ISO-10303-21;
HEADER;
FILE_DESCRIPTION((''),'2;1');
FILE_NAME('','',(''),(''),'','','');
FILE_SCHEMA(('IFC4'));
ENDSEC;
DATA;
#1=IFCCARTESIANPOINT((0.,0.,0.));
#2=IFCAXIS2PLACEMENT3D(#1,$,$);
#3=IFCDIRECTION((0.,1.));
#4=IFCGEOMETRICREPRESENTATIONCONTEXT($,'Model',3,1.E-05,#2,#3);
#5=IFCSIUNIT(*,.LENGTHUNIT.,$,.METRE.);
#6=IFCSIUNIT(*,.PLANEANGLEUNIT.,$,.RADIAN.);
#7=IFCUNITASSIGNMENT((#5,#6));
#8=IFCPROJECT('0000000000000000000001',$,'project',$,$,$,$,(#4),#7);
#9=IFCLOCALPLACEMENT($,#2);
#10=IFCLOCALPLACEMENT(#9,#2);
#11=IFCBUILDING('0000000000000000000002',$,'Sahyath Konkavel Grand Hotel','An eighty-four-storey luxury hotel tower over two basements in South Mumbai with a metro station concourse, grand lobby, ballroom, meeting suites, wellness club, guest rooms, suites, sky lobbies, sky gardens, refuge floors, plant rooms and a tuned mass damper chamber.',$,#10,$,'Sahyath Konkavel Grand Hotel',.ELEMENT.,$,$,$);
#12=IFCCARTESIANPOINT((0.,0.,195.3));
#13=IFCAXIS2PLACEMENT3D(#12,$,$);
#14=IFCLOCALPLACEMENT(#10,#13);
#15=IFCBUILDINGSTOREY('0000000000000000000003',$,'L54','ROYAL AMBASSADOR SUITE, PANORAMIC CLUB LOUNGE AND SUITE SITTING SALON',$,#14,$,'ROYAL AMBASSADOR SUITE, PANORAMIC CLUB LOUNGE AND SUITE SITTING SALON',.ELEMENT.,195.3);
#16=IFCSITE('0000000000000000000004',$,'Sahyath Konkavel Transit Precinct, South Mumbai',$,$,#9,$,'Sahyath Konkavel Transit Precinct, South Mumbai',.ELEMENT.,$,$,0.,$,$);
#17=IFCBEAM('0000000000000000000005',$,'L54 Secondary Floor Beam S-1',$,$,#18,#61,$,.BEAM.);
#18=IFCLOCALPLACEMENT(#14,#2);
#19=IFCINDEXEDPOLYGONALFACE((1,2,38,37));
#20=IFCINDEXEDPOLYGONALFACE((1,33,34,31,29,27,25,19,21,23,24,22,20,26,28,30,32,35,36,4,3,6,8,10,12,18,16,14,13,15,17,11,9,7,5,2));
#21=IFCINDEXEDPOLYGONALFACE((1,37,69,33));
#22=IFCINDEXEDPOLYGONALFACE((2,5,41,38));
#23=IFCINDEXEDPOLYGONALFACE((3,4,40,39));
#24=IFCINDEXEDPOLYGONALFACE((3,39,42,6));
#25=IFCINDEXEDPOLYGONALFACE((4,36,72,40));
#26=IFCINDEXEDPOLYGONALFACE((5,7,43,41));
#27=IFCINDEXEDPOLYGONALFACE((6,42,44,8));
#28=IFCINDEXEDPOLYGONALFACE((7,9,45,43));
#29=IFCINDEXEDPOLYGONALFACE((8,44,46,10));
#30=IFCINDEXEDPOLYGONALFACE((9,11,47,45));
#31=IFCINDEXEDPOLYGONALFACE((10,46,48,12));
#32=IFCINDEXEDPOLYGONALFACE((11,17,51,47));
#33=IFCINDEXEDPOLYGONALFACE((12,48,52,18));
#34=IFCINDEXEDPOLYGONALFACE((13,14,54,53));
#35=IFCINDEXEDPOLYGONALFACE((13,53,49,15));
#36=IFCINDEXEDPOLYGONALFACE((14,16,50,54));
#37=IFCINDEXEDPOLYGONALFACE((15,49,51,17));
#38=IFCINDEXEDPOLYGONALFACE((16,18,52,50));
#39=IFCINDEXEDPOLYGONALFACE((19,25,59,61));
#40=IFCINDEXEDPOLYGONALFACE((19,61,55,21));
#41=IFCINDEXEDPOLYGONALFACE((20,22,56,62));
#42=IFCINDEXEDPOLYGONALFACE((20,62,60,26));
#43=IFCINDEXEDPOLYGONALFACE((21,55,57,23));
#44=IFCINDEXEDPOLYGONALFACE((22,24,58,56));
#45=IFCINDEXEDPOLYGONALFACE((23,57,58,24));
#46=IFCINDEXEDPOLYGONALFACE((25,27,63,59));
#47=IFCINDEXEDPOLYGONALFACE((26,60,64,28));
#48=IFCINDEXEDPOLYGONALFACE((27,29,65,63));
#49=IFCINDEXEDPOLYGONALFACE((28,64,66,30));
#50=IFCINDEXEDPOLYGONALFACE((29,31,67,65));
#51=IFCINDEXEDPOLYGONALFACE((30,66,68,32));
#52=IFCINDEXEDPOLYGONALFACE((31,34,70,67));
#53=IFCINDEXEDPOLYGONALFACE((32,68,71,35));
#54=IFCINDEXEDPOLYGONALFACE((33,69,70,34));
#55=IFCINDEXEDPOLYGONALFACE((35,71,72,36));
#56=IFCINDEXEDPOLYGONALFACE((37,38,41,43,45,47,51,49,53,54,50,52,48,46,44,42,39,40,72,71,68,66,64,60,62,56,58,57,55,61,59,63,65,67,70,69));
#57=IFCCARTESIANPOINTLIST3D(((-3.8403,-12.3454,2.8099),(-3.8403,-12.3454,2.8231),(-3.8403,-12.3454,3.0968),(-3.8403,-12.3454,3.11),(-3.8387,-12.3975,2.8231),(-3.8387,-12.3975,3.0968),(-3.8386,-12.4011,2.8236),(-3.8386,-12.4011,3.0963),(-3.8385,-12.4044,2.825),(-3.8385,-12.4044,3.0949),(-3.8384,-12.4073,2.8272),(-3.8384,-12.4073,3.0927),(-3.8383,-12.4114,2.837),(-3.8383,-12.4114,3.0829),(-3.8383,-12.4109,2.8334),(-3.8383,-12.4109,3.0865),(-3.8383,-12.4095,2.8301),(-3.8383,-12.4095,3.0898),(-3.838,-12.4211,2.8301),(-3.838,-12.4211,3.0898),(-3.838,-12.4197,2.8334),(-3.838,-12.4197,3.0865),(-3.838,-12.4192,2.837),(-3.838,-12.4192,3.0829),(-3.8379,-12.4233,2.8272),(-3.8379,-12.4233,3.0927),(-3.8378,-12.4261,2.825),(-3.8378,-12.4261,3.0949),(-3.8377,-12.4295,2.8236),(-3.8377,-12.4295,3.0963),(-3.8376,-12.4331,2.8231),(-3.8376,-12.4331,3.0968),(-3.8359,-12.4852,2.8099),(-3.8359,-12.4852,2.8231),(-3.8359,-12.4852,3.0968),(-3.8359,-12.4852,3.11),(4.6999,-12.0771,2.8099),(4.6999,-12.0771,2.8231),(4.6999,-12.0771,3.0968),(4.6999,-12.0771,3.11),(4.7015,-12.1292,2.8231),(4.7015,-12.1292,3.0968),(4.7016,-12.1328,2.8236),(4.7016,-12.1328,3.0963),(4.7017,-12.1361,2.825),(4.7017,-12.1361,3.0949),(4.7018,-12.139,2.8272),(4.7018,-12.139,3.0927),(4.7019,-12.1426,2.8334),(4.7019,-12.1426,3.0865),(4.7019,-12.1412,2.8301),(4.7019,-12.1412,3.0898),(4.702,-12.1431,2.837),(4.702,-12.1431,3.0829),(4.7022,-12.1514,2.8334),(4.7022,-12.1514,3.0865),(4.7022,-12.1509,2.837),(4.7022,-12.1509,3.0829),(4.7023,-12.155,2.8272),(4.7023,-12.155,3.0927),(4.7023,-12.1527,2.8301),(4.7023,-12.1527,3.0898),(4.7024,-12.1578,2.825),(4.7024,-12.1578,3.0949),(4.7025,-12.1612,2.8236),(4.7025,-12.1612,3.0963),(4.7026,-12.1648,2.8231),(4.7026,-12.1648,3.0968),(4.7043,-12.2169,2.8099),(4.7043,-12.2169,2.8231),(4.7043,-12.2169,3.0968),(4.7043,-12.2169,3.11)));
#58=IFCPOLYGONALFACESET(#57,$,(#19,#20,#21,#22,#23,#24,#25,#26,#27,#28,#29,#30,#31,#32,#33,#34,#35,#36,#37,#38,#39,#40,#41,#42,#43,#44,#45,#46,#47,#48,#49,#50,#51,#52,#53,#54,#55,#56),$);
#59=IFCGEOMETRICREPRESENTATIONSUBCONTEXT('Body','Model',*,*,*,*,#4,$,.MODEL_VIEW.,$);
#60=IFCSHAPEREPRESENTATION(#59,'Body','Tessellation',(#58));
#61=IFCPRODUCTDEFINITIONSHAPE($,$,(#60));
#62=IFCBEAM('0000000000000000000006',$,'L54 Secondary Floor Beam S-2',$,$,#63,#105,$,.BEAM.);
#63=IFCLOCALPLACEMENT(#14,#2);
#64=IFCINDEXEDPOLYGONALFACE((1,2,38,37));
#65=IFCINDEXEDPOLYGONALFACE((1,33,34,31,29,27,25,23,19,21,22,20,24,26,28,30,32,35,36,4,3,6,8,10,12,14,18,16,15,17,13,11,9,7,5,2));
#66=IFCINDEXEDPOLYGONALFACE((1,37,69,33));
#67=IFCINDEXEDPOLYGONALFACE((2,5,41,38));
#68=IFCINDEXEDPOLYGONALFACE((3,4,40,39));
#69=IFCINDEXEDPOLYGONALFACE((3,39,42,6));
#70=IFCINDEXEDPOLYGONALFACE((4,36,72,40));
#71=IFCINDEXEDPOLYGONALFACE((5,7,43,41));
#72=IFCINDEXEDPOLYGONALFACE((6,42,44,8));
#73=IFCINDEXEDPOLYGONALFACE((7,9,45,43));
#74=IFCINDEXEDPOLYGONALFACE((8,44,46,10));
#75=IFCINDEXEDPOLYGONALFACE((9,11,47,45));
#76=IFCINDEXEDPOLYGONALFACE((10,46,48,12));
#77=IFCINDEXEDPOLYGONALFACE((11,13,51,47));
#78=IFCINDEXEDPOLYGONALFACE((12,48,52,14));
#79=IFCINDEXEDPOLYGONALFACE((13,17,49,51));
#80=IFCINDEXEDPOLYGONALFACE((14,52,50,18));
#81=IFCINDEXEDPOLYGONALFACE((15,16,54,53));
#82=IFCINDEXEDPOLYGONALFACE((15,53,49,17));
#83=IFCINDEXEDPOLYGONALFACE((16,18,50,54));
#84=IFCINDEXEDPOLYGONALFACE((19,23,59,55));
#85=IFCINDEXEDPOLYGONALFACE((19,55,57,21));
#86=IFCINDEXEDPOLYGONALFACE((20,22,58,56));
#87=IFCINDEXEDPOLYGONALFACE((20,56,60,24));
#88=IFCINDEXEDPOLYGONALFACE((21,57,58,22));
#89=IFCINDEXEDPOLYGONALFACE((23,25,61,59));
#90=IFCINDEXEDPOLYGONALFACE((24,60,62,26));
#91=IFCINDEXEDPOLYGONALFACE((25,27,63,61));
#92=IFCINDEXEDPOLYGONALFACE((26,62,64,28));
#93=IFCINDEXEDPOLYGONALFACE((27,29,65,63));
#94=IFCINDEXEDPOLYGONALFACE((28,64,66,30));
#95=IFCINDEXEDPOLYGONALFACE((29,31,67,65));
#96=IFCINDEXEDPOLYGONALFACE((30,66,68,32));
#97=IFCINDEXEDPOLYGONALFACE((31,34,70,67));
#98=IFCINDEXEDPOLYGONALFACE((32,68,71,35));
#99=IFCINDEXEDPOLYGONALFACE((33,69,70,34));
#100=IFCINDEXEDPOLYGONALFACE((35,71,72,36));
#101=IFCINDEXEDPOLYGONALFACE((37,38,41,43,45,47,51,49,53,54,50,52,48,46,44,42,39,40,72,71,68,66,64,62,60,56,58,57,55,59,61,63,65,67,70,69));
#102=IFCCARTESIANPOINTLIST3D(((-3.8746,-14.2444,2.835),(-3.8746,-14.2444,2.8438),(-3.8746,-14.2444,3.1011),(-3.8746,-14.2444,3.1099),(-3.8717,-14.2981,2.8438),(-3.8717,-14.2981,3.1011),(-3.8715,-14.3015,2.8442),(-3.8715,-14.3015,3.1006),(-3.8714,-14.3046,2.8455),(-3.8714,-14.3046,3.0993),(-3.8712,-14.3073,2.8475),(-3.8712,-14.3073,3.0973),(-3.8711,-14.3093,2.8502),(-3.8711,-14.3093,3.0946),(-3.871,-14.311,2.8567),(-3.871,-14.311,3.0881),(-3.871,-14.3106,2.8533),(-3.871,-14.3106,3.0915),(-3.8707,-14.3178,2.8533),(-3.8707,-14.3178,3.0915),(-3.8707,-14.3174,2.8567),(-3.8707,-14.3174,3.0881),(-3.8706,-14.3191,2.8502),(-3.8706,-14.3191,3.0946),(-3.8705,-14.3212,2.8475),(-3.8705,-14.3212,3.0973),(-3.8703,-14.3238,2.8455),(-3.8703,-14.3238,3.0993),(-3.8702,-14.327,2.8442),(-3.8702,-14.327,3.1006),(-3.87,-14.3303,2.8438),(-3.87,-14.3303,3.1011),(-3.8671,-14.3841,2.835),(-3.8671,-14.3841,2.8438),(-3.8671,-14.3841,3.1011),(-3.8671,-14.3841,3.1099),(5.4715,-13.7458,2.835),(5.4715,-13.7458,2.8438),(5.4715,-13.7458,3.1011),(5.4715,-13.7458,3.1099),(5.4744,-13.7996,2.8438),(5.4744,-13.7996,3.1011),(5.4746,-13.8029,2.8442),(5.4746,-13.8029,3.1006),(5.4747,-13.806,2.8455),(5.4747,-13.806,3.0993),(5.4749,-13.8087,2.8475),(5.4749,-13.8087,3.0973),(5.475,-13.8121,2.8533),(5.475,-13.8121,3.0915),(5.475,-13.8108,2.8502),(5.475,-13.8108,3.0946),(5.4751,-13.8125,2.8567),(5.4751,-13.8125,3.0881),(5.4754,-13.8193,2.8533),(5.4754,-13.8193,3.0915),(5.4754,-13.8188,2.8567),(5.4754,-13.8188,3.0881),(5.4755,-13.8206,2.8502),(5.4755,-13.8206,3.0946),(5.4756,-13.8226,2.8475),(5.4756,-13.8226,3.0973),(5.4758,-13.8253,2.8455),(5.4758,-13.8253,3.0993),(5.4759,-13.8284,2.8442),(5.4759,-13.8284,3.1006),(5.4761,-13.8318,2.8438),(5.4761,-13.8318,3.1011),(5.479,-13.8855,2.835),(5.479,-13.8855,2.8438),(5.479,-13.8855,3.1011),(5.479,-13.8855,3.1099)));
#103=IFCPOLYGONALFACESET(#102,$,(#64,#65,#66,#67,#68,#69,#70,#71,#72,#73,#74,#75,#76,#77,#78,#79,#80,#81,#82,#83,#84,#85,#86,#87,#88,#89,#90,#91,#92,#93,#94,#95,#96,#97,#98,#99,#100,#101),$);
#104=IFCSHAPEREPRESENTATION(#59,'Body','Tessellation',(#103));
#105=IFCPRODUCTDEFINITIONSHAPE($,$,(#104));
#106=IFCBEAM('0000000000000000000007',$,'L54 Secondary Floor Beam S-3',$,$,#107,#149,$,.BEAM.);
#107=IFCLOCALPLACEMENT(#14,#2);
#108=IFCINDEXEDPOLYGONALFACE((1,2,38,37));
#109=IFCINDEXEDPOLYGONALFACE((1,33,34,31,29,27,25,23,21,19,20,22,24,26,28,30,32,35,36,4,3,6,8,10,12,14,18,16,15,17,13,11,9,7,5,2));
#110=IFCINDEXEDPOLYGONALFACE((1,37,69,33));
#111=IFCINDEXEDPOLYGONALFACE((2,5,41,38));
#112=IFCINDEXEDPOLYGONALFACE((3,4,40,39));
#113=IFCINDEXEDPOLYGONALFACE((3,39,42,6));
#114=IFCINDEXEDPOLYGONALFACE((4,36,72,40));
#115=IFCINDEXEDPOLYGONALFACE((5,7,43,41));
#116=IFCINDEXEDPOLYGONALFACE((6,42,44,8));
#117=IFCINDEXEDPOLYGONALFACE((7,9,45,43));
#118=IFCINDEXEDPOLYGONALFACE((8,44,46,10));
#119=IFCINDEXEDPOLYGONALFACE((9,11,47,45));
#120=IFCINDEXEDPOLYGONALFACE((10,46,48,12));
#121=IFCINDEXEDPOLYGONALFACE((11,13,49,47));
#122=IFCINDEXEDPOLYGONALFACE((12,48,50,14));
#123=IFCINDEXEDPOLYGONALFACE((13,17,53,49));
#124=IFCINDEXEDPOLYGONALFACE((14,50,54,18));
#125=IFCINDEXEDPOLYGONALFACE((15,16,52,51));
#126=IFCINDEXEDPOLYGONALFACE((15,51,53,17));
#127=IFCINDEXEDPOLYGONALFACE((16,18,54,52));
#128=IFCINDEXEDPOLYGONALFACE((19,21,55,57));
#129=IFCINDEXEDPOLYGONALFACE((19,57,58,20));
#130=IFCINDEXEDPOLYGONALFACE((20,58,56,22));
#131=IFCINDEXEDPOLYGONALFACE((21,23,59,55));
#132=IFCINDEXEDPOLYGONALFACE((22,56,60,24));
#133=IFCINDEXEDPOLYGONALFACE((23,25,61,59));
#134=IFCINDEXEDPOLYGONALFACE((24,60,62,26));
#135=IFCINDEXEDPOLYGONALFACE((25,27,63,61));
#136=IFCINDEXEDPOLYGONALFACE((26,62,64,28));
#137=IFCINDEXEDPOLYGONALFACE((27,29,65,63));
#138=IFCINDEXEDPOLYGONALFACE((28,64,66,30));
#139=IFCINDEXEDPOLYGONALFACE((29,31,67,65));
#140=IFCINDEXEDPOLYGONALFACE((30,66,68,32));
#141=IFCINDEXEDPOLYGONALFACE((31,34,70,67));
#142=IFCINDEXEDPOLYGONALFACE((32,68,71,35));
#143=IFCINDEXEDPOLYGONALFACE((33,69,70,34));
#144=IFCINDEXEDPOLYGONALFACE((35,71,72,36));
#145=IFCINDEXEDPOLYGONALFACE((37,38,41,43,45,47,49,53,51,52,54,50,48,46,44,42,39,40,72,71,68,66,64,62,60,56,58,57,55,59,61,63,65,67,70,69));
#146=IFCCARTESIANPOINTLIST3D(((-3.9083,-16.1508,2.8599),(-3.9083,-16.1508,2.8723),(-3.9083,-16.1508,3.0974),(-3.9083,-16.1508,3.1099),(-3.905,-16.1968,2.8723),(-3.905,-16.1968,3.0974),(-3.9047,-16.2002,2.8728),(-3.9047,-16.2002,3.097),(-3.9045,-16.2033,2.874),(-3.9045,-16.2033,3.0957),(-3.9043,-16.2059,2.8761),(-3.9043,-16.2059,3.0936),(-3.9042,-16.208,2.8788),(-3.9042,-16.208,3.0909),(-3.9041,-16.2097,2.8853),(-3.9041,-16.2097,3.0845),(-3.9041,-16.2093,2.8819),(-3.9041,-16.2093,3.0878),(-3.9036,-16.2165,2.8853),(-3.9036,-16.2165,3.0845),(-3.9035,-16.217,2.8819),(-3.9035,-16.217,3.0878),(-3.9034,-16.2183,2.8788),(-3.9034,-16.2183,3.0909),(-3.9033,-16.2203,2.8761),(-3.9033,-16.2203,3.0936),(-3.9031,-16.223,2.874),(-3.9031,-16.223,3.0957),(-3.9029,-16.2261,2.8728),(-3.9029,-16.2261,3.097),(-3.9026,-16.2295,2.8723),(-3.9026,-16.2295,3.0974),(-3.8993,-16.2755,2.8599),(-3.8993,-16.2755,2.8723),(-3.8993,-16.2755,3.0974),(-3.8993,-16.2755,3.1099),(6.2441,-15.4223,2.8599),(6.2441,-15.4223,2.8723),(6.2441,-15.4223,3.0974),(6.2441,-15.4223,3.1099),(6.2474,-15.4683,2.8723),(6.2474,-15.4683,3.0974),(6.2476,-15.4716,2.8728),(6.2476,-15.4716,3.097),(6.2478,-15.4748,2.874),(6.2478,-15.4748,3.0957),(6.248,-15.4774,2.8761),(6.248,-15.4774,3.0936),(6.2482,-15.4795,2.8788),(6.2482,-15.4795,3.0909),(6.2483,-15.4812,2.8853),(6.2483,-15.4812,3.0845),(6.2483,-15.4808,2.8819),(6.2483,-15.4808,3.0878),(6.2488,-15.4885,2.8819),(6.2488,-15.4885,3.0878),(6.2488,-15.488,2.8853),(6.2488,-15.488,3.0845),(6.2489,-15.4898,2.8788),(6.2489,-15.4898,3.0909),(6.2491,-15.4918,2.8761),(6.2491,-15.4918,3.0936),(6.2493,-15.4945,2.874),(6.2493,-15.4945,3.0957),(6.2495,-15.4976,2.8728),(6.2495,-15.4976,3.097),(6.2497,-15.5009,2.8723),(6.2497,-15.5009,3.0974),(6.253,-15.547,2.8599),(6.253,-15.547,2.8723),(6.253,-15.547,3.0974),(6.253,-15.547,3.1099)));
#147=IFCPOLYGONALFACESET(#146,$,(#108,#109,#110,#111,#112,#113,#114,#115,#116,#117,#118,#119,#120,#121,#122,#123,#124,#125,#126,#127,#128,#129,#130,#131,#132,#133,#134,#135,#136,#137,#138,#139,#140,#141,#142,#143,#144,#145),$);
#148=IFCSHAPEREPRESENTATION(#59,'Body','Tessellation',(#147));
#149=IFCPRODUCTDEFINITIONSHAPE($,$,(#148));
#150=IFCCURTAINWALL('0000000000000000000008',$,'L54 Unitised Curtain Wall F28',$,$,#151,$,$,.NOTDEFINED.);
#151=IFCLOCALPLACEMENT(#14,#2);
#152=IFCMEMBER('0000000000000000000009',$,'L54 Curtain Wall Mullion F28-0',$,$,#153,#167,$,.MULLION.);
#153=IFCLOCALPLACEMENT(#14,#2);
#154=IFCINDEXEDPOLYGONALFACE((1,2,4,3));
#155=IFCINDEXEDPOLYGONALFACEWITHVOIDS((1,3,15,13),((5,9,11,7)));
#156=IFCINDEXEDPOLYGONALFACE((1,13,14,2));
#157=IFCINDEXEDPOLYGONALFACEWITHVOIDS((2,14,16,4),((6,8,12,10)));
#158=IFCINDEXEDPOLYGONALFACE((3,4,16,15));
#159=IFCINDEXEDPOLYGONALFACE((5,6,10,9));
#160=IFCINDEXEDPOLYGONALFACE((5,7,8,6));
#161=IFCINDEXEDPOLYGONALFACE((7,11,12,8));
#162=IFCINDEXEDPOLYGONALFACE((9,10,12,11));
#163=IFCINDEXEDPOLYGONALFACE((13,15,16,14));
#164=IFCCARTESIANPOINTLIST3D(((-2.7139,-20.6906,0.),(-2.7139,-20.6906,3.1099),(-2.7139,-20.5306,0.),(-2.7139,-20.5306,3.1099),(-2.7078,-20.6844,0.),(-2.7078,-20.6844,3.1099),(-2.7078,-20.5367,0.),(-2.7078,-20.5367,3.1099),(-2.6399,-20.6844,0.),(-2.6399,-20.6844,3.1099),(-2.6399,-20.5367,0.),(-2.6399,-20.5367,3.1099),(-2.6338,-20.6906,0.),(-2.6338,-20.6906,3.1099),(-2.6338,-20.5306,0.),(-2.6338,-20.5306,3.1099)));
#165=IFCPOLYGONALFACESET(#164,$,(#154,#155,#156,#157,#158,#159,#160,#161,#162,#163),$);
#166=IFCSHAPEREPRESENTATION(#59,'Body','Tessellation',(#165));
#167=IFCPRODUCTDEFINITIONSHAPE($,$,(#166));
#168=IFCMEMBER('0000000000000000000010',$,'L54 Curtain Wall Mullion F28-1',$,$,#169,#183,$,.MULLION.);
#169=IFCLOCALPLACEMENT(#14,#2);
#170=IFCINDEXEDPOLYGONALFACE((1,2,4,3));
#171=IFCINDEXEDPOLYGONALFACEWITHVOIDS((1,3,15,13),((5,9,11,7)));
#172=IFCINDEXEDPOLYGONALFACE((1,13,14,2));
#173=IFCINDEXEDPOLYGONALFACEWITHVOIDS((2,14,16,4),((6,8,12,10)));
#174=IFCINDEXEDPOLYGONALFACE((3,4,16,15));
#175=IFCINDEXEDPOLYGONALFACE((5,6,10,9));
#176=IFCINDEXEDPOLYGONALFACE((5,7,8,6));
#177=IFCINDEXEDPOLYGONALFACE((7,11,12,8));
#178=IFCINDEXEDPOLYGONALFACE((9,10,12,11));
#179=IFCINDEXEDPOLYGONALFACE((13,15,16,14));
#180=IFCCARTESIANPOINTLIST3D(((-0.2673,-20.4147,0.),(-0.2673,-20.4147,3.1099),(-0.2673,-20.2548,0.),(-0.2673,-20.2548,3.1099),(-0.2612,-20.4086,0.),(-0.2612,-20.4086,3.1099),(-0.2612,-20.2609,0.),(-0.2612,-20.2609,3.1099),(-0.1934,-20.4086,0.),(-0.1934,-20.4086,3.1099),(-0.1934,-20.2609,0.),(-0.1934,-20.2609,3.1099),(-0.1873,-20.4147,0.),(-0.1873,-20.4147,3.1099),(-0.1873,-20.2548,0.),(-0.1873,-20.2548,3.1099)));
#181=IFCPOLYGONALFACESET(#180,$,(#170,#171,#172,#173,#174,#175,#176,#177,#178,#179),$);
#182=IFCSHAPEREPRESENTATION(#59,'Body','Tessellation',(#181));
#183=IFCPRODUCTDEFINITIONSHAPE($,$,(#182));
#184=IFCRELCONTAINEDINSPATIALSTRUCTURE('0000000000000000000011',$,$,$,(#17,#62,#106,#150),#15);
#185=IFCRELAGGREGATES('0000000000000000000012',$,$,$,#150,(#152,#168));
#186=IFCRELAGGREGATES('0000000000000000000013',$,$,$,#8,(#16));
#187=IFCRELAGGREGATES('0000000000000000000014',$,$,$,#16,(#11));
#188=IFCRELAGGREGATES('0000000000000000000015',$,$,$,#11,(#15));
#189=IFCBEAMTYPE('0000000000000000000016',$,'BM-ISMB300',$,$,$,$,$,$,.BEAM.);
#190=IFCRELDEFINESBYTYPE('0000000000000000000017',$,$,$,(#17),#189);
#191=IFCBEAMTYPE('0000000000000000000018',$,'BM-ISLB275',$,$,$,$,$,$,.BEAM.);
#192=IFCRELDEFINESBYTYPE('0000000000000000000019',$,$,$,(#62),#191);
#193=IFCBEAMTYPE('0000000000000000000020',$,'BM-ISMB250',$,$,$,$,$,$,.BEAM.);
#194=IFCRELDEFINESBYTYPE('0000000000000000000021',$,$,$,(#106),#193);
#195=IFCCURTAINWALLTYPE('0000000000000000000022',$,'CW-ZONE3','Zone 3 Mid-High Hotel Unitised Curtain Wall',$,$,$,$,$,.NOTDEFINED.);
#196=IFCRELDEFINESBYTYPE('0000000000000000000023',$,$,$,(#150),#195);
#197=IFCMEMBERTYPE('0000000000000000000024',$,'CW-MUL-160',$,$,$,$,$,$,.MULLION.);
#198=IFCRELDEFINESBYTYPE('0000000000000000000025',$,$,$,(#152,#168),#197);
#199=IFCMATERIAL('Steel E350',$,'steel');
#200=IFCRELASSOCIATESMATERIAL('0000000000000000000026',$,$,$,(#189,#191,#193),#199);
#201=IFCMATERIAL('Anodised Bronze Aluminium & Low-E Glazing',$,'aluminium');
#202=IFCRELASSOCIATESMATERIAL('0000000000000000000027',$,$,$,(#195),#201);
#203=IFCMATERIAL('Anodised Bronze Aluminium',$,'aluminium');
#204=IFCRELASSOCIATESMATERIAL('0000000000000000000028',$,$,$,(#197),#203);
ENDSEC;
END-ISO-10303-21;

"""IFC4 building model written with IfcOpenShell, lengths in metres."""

from ifc_helpers import new_model, si_unit, direction, frame, origin, origin_2d, place, context, subcontext, project, spatial, hollow_rectangle, i_section, extrude, source, transform, mapped, material, material_profile, profile_set, type_object, element, aggregate, save


model = new_model("IFC4")

# Units and contexts
model_context = context("Model", 3, precision=1e-05, world=origin(), true_north=direction((0.0, 1.0)))
body_context = subcontext(model_context, "Body", "Model", "MODEL_VIEW")
ifc_project = project(units=[si_unit("LENGTHUNIT", "METRE"), si_unit("PLANEANGLEUNIT", "RADIAN")], contexts=[model_context])

# Site, building, storey
site_placement = place(None, origin())
site = spatial("IfcSite", under=ifc_project, at=site_placement, Name="Sahyath Konkavel Transit Precinct, South Mumbai", LongName="Sahyath Konkavel Transit Precinct, South Mumbai", CompositionType="ELEMENT", RefElevation=0.0)
building_placement = place(site_placement, origin())
building = spatial("IfcBuilding", under=site, at=building_placement, Name="Sahyath Konkavel Grand Hotel", Description="An eighty-four-storey luxury hotel tower over two basements in South Mumbai with a metro station concourse, grand lobby, ballroom, meeting suites, wellness club, guest rooms, suites, sky lobbies, sky gardens, refuge floors, plant rooms and a tuned mass damper chamber.", LongName="Sahyath Konkavel Grand Hotel", CompositionType="ELEMENT")
storey_placement = place(building_placement, frame((0.0, 0.0, 195.3)))
storey = spatial("IfcBuildingStorey", under=building, at=storey_placement, Name="L54", Description="ROYAL AMBASSADOR SUITE, PANORAMIC CLUB LOUNGE AND SUITE SITTING SALON", LongName="ROYAL AMBASSADOR SUITE, PANORAMIC CLUB LOUNGE AND SUITE SITTING SALON", CompositionType="ELEMENT", Elevation=195.3)

# Beams
ifc_material_1 = material(Name="Steel E350", Category="steel")
ifc_material_profile_1 = material_profile(ifc_material_1, i_section(OverallWidth=0.1399, OverallDepth=0.3, WebThickness=0.0078, FlangeThickness=0.0132, FilletRadius=0.0139, at=origin_2d()), Name="ISMB 300")
ifc_profile_set_1 = profile_set([ifc_material_profile_1], Name="Steel E350")
beam_type_1 = type_object("IfcBeamType", Name="BM-ISMB300", PredefinedType="BEAM", material=ifc_profile_set_1)
shared_shape_1 = source(origin(), body_context, "Body", "SweptSolid", [
    extrude(i_section(OverallWidth=0.1399, OverallDepth=0.3, WebThickness=0.0078, FlangeThickness=0.0132, FilletRadius=0.0139, at=origin_2d()), origin(), (0.0, 0.0, 1.0), 8.5444),
])
beam_1_placement = place(storey_placement, frame((-3.8381, -12.4153, 2.96), z_axis=(0.999507, 0.031402, 0.0), x_axis=(-0.031402, 0.999507, 0.0)))
element("IfcBeam", 1, at=beam_1_placement, inside=storey, type_object=beam_type_1, Name="L54 Secondary Floor Beam S-1", PredefinedType="BEAM", context=body_context, shape_type="MappedRepresentation", body=[
    mapped(shared_shape_1, transform((0.0, 0.0, 0.0), scale=1.0)),
])
ifc_material_profile_2 = material_profile(ifc_material_1, i_section(OverallWidth=0.1399, OverallDepth=0.2749, WebThickness=0.0063, FlangeThickness=0.0088, FilletRadius=0.0129, at=origin_2d()), Name="ISLB 275")
ifc_profile_set_2 = profile_set([ifc_material_profile_2], Name="Steel E350")
beam_type_2 = type_object("IfcBeamType", Name="BM-ISLB275", PredefinedType="BEAM", material=ifc_profile_set_2)
shared_shape_2 = source(origin(), body_context, "Body", "SweptSolid", [
    extrude(i_section(OverallWidth=0.1399, OverallDepth=0.2749, WebThickness=0.0063, FlangeThickness=0.0088, FilletRadius=0.0129, at=origin_2d()), origin(), (0.0, 0.0, 1.0), 9.3594),
])
beam_2_placement = place(storey_placement, frame((-3.8708, -14.3142, 2.9724), z_axis=(0.99858, 0.053265, 0.0), x_axis=(-0.053265, 0.99858, 0.0)))
element("IfcBeam", 2, at=beam_2_placement, inside=storey, type_object=beam_type_2, Name="L54 Secondary Floor Beam S-2", PredefinedType="BEAM", context=body_context, shape_type="MappedRepresentation", body=[
    mapped(shared_shape_2, transform((0.0, 0.0, 0.0), scale=1.0)),
])
ifc_material_profile_3 = material_profile(ifc_material_1, i_section(OverallWidth=0.125, OverallDepth=0.25, WebThickness=0.0068, FlangeThickness=0.0125, FilletRadius=0.0129, at=origin_2d()), Name="ISMB 250")
ifc_profile_set_3 = profile_set([ifc_material_profile_3], Name="Steel E350")
beam_type_3 = type_object("IfcBeamType", Name="BM-ISMB250", PredefinedType="BEAM", material=ifc_profile_set_3)
shared_shape_3 = source(origin(), body_context, "Body", "SweptSolid", [
    extrude(i_section(OverallWidth=0.125, OverallDepth=0.25, WebThickness=0.0068, FlangeThickness=0.0125, FilletRadius=0.0129, at=origin_2d()), origin(), (0.0, 0.0, 1.0), 10.1785),
])
beam_3_placement = place(storey_placement, frame((-3.9038, -16.2131, 2.9849), z_axis=(0.997435, 0.071574, 0.0), x_axis=(-0.071574, 0.997435, 0.0)))
element("IfcBeam", 3, at=beam_3_placement, inside=storey, type_object=beam_type_3, Name="L54 Secondary Floor Beam S-3", PredefinedType="BEAM", context=body_context, shape_type="MappedRepresentation", body=[
    mapped(shared_shape_3, transform((0.0, 0.0, 0.0), scale=1.0)),
])

# Curtain wall, members
ifc_material_2 = material(Name="Anodised Bronze Aluminium & Low-E Glazing", Category="aluminium")
curtain_wall_type = type_object("IfcCurtainWallType", Name="CW-ZONE3", Description="Zone 3 Mid-High Hotel Unitised Curtain Wall", PredefinedType="NOTDEFINED", material=ifc_material_2)
curtain_wall_placement = place(storey_placement, origin())
curtain_wall = element("IfcCurtainWall", 4, at=curtain_wall_placement, inside=storey, type_object=curtain_wall_type, Name="L54 Unitised Curtain Wall F28", PredefinedType="NOTDEFINED")
ifc_material_3 = material(Name="Anodised Bronze Aluminium", Category="aluminium")
ifc_material_profile_4 = material_profile(ifc_material_3, hollow_rectangle(XDim=0.0801, YDim=0.1599, WallThickness=0.0061, at=origin_2d()), Name="RHS 160x80x6")
ifc_profile_set_4 = profile_set([ifc_material_profile_4], Name="Anodised Bronze Aluminium")
member_type_1 = type_object("IfcMemberType", Name="CW-MUL-160", PredefinedType="MULLION", material=ifc_profile_set_4)
shared_shape_4 = source(origin(), body_context, "Body", "SweptSolid", [
    extrude(hollow_rectangle(XDim=0.0801, YDim=0.1599, WallThickness=0.0061, at=origin_2d()), origin(), (0.0, 0.0, 1.0), 3.1099),
])
member_1_placement = place(storey_placement, frame((-2.6738, -20.6106, 0.0), z_axis=(0.0, 0.0, 1.0), x_axis=(1.0, 0.0, 0.0)))
member_1 = element("IfcMember", 5, at=member_1_placement, type_object=member_type_1, Name="L54 Curtain Wall Mullion F28-0", PredefinedType="MULLION", context=body_context, shape_type="MappedRepresentation", body=[
    mapped(shared_shape_4, transform((0.0, 0.0, 0.0), scale=1.0)),
])
member_2_placement = place(storey_placement, frame((-0.2273, -20.3347, 0.0), z_axis=(0.0, 0.0, 1.0), x_axis=(1.0, 0.0, 0.0)))
member_2 = element("IfcMember", 6, at=member_2_placement, type_object=member_type_1, Name="L54 Curtain Wall Mullion F28-1", PredefinedType="MULLION", context=body_context, shape_type="MappedRepresentation", body=[
    mapped(shared_shape_4, transform((0.0, 0.0, 0.0), scale=1.0)),
])
aggregate(curtain_wall, [member_1, member_2])

save(model, "model.ifc")
